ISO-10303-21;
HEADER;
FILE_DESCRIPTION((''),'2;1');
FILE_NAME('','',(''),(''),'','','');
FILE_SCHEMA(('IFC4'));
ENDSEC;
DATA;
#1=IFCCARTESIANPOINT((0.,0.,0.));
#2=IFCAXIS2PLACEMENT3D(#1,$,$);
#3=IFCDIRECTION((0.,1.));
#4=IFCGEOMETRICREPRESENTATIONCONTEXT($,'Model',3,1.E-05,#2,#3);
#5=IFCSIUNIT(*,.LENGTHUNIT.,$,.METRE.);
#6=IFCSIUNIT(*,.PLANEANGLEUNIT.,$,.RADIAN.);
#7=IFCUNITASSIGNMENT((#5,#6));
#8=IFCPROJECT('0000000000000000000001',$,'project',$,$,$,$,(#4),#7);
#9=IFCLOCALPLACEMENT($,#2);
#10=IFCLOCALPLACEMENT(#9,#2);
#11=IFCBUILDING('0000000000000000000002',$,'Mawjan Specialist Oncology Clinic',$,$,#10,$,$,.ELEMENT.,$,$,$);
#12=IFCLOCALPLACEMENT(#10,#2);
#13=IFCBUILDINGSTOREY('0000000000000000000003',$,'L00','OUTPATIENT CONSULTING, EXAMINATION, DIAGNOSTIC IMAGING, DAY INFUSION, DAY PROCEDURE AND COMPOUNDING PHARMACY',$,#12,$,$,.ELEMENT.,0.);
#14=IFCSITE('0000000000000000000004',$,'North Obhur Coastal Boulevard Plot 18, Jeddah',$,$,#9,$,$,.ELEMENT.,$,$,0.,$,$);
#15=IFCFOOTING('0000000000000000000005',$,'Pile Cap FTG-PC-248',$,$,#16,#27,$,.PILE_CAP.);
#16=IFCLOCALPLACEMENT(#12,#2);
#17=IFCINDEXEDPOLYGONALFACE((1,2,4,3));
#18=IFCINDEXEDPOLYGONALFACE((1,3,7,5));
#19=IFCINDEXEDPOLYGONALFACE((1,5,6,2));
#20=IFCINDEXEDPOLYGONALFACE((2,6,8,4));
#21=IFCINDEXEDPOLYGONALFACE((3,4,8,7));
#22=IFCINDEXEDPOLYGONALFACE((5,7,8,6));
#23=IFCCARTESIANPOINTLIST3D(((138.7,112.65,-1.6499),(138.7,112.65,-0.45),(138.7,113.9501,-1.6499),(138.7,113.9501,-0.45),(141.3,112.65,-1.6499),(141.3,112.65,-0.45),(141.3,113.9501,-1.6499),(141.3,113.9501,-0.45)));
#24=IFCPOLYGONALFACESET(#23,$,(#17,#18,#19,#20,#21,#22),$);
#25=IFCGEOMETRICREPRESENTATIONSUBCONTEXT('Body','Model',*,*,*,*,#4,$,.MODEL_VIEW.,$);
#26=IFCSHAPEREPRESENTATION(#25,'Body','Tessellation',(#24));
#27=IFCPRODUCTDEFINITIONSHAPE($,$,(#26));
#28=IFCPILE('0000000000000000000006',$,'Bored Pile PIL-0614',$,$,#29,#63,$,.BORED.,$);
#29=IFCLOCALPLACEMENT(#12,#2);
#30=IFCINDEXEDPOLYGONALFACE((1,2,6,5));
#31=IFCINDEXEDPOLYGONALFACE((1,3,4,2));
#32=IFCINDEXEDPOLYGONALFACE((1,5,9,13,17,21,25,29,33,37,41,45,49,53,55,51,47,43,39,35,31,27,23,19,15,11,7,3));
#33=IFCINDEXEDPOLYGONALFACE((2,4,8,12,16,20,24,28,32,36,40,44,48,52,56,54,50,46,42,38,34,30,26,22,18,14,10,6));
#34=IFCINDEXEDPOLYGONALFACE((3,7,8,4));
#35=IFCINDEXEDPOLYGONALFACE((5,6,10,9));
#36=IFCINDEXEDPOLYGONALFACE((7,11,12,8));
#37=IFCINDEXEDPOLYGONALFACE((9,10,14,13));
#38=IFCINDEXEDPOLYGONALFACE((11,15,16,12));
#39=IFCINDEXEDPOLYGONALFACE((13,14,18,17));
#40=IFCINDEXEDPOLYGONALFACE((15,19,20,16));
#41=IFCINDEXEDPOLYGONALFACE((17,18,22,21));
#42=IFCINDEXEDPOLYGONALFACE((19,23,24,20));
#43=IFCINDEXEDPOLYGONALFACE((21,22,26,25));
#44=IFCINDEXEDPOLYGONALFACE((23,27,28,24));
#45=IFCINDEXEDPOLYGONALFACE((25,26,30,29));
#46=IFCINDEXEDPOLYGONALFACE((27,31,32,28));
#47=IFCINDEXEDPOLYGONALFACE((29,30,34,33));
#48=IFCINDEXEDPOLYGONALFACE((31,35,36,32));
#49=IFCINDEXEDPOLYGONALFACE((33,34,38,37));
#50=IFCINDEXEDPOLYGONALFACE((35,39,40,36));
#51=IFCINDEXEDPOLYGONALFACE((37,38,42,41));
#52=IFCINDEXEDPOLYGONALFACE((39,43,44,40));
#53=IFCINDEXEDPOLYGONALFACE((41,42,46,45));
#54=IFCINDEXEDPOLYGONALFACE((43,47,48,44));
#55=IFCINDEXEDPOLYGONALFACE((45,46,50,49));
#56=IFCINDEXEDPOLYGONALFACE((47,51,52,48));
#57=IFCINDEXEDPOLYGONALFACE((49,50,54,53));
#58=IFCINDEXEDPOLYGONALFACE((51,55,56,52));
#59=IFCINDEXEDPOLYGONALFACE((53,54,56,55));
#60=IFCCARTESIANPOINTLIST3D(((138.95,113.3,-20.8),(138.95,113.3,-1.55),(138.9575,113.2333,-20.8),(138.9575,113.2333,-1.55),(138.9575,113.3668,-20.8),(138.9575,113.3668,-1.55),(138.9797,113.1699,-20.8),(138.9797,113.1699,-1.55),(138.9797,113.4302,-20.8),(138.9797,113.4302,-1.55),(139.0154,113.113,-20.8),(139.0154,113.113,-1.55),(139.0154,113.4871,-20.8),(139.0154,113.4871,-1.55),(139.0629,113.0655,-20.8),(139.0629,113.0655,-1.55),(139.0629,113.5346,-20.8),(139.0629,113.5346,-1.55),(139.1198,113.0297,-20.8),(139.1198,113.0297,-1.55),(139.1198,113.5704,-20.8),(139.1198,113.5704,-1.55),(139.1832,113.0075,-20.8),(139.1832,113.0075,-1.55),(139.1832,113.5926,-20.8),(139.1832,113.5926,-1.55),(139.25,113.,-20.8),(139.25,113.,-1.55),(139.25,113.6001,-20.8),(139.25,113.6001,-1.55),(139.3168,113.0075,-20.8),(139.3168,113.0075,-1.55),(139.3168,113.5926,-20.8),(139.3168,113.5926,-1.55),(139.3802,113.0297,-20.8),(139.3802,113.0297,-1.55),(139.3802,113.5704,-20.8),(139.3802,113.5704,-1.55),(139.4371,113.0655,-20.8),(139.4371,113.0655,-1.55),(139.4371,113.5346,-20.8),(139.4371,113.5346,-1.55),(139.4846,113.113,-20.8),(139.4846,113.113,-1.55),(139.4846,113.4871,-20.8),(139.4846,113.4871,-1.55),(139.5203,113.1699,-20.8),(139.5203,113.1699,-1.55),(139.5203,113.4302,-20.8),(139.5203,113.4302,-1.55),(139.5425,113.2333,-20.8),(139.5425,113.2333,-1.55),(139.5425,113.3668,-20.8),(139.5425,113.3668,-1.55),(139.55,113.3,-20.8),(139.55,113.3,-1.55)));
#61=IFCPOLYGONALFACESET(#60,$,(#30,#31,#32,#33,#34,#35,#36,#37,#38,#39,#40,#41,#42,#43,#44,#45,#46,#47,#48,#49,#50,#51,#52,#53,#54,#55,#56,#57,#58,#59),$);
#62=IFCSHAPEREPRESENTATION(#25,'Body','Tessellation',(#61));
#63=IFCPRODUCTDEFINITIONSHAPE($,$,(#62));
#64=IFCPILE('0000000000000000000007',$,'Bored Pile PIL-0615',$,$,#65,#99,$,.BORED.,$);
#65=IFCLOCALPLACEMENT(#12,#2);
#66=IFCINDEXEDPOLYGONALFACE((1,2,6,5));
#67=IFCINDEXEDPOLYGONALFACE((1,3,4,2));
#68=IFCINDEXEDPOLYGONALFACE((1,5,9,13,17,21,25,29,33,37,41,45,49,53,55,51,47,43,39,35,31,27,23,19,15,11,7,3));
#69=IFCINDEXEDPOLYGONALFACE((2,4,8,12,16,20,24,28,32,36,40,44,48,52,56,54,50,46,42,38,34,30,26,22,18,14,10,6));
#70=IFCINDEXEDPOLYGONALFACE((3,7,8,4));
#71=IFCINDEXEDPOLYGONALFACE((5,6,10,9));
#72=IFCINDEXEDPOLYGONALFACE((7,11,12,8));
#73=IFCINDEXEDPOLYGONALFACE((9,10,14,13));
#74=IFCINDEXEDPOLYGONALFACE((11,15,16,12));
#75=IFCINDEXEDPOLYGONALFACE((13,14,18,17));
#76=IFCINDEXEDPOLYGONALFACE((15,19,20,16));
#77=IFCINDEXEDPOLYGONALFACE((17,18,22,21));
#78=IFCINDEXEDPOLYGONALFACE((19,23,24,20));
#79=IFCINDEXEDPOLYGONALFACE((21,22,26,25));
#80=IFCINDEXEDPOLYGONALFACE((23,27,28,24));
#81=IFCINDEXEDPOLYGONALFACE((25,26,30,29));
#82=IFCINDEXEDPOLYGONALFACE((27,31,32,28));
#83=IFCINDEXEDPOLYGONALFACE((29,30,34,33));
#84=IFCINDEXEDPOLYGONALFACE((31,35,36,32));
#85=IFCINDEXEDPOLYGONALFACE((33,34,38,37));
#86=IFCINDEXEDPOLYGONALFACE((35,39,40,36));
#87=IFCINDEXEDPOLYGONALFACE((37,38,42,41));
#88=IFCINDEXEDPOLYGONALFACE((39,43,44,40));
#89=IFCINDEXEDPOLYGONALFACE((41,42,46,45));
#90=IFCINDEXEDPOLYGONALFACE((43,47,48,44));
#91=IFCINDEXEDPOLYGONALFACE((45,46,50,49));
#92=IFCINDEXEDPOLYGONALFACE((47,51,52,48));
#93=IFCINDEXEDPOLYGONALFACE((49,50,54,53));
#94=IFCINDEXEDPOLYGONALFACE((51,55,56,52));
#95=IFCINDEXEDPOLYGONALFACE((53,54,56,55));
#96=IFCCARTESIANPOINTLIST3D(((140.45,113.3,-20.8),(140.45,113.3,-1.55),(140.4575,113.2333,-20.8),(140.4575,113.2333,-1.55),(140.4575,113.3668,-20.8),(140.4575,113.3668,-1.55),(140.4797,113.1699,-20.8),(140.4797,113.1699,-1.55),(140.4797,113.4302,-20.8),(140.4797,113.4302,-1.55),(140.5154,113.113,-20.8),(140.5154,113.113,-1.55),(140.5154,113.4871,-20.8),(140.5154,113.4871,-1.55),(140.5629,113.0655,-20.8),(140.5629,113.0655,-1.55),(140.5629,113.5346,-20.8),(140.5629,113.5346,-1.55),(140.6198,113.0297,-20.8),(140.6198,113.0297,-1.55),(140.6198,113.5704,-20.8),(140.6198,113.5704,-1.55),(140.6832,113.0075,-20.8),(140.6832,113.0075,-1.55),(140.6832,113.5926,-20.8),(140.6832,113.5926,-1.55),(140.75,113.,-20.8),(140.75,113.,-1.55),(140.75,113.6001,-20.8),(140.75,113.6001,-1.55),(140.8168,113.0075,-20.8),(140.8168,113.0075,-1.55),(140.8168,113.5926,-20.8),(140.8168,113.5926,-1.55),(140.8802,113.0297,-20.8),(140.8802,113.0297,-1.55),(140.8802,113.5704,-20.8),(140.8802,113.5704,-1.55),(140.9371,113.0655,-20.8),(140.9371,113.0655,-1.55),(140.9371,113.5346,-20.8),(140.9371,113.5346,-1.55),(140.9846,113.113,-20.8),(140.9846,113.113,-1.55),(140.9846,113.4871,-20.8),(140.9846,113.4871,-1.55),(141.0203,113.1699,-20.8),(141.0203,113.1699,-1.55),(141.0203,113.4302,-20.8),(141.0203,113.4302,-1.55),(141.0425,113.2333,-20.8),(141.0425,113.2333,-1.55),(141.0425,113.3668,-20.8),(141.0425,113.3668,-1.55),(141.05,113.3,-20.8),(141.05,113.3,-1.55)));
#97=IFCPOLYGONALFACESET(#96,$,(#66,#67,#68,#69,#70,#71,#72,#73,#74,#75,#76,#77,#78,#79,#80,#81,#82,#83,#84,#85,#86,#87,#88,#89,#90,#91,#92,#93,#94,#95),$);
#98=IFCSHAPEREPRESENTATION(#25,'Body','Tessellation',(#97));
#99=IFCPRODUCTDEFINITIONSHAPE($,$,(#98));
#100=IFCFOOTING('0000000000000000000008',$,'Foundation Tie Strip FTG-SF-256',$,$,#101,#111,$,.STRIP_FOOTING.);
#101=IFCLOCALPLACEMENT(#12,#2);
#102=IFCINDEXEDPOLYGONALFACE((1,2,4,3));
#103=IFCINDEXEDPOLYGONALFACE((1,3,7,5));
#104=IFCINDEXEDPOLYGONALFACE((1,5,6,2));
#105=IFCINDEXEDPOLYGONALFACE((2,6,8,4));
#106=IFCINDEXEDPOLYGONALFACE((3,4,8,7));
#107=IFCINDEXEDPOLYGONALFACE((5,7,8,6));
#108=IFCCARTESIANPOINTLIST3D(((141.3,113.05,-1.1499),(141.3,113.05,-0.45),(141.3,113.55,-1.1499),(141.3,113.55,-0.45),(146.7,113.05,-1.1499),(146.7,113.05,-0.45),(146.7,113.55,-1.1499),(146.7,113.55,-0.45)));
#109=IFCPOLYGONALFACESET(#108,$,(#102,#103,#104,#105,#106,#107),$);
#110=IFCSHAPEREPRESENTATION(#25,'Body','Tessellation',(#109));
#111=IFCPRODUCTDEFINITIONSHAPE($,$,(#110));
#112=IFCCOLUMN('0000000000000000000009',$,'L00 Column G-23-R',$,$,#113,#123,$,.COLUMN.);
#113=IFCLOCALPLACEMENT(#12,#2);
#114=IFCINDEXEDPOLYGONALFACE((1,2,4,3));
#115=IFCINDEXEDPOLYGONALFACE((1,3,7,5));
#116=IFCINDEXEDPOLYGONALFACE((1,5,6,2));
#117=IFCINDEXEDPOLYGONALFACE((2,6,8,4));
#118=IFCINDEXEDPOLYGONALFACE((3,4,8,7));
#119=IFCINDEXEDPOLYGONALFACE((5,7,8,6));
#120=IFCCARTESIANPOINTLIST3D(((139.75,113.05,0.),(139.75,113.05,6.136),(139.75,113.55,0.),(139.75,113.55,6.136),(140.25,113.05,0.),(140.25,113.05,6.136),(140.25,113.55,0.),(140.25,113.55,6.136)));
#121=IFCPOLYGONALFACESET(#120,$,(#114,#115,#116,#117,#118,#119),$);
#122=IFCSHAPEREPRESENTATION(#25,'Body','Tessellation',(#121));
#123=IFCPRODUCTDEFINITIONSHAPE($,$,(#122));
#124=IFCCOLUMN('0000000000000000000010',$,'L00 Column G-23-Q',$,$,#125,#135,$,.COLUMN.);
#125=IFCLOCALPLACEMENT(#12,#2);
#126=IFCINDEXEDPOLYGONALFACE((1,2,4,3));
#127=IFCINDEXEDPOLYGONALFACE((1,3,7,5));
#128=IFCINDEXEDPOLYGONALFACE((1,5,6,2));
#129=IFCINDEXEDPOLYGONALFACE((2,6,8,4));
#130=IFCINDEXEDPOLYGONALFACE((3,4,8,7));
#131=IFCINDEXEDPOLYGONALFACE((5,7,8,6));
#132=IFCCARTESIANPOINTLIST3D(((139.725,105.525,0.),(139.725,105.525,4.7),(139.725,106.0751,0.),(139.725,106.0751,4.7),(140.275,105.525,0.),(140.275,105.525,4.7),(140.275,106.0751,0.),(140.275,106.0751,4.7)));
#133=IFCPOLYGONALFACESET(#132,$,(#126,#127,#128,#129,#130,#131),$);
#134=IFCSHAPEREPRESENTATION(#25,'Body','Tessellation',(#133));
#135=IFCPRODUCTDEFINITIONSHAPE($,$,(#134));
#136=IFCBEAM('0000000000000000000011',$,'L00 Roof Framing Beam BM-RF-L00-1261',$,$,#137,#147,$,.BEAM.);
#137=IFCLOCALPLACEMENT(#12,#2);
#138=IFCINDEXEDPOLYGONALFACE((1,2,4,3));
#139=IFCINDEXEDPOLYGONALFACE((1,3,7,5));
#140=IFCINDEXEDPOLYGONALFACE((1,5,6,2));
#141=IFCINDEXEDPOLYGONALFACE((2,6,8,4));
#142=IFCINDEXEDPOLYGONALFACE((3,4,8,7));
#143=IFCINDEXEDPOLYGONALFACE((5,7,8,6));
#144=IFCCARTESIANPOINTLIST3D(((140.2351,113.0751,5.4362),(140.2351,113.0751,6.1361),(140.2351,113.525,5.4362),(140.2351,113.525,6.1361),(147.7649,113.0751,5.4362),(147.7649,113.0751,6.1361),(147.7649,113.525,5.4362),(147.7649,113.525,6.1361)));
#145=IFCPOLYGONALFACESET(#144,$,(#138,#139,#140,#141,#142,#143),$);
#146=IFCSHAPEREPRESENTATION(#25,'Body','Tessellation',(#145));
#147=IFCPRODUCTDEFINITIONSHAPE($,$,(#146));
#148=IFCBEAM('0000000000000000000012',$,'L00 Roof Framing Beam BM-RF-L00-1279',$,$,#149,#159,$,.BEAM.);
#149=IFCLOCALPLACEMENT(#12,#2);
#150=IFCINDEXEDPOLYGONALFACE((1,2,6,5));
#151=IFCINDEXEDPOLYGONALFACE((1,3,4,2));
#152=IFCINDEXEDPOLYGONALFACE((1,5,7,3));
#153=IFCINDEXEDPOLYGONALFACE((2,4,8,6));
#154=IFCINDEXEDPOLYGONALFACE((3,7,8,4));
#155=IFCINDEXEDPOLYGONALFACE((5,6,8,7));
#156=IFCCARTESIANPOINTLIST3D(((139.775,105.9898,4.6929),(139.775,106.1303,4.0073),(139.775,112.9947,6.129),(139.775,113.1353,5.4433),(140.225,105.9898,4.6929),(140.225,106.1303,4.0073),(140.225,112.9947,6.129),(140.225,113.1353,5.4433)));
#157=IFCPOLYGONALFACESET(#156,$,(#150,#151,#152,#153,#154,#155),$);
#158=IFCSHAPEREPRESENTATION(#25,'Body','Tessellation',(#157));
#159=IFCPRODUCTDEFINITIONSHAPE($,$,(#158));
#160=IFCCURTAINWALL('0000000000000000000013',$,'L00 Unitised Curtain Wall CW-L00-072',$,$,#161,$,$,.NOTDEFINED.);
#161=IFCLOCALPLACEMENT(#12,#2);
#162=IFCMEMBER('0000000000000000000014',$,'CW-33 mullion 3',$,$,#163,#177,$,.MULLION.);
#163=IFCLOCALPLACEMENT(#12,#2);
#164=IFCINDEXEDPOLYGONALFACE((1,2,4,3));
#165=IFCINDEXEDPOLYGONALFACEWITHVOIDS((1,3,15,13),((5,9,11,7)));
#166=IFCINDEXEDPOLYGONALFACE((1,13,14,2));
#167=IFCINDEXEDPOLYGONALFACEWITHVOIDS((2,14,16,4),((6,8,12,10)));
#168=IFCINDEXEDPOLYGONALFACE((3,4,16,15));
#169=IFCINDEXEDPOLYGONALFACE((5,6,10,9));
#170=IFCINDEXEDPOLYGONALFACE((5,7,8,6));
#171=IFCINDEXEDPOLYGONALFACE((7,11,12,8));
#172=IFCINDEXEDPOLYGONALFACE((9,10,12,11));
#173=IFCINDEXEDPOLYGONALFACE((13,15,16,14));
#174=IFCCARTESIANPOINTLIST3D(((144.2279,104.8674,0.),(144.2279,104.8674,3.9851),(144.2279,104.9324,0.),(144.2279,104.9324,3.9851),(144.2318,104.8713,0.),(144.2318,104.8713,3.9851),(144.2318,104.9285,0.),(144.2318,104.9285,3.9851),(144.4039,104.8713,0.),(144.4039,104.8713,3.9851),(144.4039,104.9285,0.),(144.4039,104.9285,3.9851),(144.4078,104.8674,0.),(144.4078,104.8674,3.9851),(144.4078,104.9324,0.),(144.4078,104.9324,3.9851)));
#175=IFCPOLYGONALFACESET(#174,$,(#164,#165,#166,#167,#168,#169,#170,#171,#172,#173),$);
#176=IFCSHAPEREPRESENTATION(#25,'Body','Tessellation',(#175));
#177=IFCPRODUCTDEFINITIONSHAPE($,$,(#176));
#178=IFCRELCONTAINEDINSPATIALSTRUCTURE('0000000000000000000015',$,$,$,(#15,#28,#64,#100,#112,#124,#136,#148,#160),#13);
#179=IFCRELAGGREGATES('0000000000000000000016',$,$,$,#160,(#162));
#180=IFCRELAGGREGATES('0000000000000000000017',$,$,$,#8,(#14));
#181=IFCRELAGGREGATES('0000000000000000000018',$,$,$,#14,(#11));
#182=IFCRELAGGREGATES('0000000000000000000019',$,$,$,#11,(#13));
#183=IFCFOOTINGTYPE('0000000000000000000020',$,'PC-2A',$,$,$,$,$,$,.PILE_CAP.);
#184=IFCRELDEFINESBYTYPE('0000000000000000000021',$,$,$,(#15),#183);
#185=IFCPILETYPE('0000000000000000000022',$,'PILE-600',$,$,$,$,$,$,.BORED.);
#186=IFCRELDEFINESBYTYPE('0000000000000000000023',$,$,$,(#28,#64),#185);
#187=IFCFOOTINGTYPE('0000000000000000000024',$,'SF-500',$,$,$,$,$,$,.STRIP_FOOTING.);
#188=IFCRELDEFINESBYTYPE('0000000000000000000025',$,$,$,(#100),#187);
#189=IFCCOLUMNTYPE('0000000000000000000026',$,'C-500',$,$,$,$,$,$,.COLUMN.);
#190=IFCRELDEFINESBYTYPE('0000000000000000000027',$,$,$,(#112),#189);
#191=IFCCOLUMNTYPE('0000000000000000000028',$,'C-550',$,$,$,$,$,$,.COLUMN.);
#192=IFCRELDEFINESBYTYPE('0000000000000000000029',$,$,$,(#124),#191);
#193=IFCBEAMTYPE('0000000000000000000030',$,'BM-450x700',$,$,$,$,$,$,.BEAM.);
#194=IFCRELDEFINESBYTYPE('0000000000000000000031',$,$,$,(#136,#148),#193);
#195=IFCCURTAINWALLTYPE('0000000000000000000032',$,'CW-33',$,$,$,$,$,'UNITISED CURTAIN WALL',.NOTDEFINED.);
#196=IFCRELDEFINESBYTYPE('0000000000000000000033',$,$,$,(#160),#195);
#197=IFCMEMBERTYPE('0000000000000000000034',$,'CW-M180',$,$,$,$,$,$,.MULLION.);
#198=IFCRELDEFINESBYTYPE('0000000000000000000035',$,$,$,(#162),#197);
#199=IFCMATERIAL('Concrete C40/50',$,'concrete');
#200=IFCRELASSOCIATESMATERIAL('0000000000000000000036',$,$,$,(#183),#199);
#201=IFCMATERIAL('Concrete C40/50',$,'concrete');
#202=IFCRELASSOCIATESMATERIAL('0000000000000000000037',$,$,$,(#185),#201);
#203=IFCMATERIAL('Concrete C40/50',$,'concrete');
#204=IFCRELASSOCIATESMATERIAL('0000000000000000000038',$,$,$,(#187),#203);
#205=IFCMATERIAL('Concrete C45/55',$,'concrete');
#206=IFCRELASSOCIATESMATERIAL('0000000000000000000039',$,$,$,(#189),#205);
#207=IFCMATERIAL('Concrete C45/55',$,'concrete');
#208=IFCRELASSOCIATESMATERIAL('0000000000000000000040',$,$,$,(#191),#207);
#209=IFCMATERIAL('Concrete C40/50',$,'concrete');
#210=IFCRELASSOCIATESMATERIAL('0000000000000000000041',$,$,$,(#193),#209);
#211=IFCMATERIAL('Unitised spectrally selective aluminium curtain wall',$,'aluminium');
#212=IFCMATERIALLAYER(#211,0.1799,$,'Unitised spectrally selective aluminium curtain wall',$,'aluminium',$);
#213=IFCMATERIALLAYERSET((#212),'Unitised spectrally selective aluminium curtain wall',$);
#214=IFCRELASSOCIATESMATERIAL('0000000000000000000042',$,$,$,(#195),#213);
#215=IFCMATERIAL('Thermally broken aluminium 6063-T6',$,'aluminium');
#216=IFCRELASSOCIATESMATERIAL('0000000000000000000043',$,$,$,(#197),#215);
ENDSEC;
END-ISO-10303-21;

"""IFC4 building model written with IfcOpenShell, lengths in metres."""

from ifc_helpers import new_model, si_unit, direction, frame, origin, origin_2d, place, context, subcontext, project, spatial, rectangle, hollow_rectangle, circle, extrude, material, layer, layer_set, material_profile, profile_set, type_object, element, aggregate, save


model = new_model("IFC4")

# Units and contexts
model_context = context("Model", 3, precision=1e-05, world=origin(), true_north=direction((0.0, 1.0)))
body_context = subcontext(model_context, "Body", "Model", "MODEL_VIEW")
ifc_project = project(units=[si_unit("LENGTHUNIT", "METRE"), si_unit("PLANEANGLEUNIT", "RADIAN")], contexts=[model_context])

# Site, building, storey
site_placement = place(None, origin())
site = spatial("IfcSite", under=ifc_project, at=site_placement, Name="North Obhur Coastal Boulevard Plot 18, Jeddah", CompositionType="ELEMENT", RefElevation=0.0)
building_placement = place(site_placement, origin())
building = spatial("IfcBuilding", under=site, at=building_placement, Name="Mawjan Specialist Oncology Clinic", CompositionType="ELEMENT")
storey_placement = place(building_placement, origin())
storey = spatial("IfcBuildingStorey", under=building, at=storey_placement, Name="L00", Description="OUTPATIENT CONSULTING, EXAMINATION, DIAGNOSTIC IMAGING, DAY INFUSION, DAY PROCEDURE AND COMPOUNDING PHARMACY", CompositionType="ELEMENT", Elevation=0.0)

# Footing
ifc_material_1 = material(Name="Concrete C40/50", Category="concrete")
footing_type_1 = type_object("IfcFootingType", Name="PC-2A", PredefinedType="PILE_CAP", material=ifc_material_1)
footing_1_placement = place(storey_placement, frame((140.0, 113.3, -1.6499), z_axis=(0.0, 0.0, 1.0), x_axis=(1.0, 0.0, 0.0)))
element("IfcFooting", 1, at=footing_1_placement, inside=storey, type_object=footing_type_1, Name="Pile Cap FTG-PC-248", PredefinedType="PILE_CAP", context=body_context, shape_type="SweptSolid", body=[
    extrude(rectangle(XDim=2.6001, YDim=1.3, at=origin_2d()), origin(), (0.0, 0.0, 1.0), 1.2),
])

# Piles
ifc_material_2 = material(Name="Concrete C40/50", Category="concrete")
ifc_material_profile_1 = material_profile(ifc_material_2, circle(Radius=0.3, at=origin_2d()), Name="BORED PILE D600", Category="concrete")
ifc_profile_set_1 = profile_set([ifc_material_profile_1], Name="Concrete C40/50")
pile_type = type_object("IfcPileType", Name="PILE-600", PredefinedType="BORED", material=ifc_profile_set_1)
for number, where, z_axis, x_axis, name in (
    (2, (139.25, 113.3, -1.55), (0.0, 0.0, -1.0), (1.0, 0.0, 0.0), "Bored Pile PIL-0614"),
    (3, (140.75, 113.3, -1.55), (0.0, 0.0, -1.0), (1.0, 0.0, 0.0), "Bored Pile PIL-0615"),
):
    element("IfcPile", number, at=place(storey_placement, frame(where, z_axis=z_axis, x_axis=x_axis)), inside=storey, type_object=pile_type, Name=name, PredefinedType="BORED", context=body_context, shape_type="SweptSolid", body=[
        extrude(circle(Radius=0.3, at=origin_2d()), origin(), (0.0, 0.0, 1.0), 19.25),
    ])

# Footing
ifc_material_3 = material(Name="Concrete C40/50", Category="concrete")
footing_type_2 = type_object("IfcFootingType", Name="SF-500", PredefinedType="STRIP_FOOTING", material=ifc_material_3)
footing_2_placement = place(storey_placement, frame((144.0, 113.3, -1.1499), z_axis=(0.0, 0.0, 1.0), x_axis=(1.0, 0.0, 0.0)))
element("IfcFooting", 4, at=footing_2_placement, inside=storey, type_object=footing_type_2, Name="Foundation Tie Strip FTG-SF-256", PredefinedType="STRIP_FOOTING", context=body_context, shape_type="SweptSolid", body=[
    extrude(rectangle(XDim=5.3999, YDim=0.5, at=origin_2d()), origin(), (0.0, 0.0, 1.0), 0.7),
])

# Columns
ifc_material_4 = material(Name="Concrete C45/55", Category="concrete")
ifc_material_profile_2 = material_profile(ifc_material_4, rectangle(XDim=0.5, YDim=0.5, at=origin_2d()), Name="RC COL 500x500", Category="concrete")
ifc_profile_set_2 = profile_set([ifc_material_profile_2], Name="Concrete C45/55")
column_type_1 = type_object("IfcColumnType", Name="C-500", PredefinedType="COLUMN", material=ifc_profile_set_2)
column_1_placement = place(storey_placement, frame((140.0, 113.3, 0.0), z_axis=(0.0, 0.0, 1.0), x_axis=(1.0, 0.0, 0.0)))
element("IfcColumn", 5, at=column_1_placement, inside=storey, type_object=column_type_1, Name="L00 Column G-23-R", PredefinedType="COLUMN", context=body_context, shape_type="SweptSolid", body=[
    extrude(rectangle(XDim=0.5, YDim=0.5, at=origin_2d()), origin(), (0.0, 0.0, 1.0), 6.136),
])
ifc_material_5 = material(Name="Concrete C45/55", Category="concrete")
ifc_material_profile_3 = material_profile(ifc_material_5, rectangle(XDim=0.55, YDim=0.55, at=origin_2d()), Name="RC COL 550x550", Category="concrete")
ifc_profile_set_3 = profile_set([ifc_material_profile_3], Name="Concrete C45/55")
column_type_2 = type_object("IfcColumnType", Name="C-550", PredefinedType="COLUMN", material=ifc_profile_set_3)
column_2_placement = place(storey_placement, frame((140.0, 105.8, 0.0), z_axis=(0.0, 0.0, 1.0), x_axis=(1.0, 0.0, 0.0)))
element("IfcColumn", 6, at=column_2_placement, inside=storey, type_object=column_type_2, Name="L00 Column G-23-Q", PredefinedType="COLUMN", context=body_context, shape_type="SweptSolid", body=[
    extrude(rectangle(XDim=0.55, YDim=0.55, at=origin_2d()), origin(), (0.0, 0.0, 1.0), 4.7),
])

# Beams
ifc_material_6 = material(Name="Concrete C40/50", Category="concrete")
ifc_material_profile_4 = material_profile(ifc_material_6, rectangle(XDim=0.45, YDim=0.7, at=origin_2d()), Name="RC BM 450x700", Category="concrete")
ifc_profile_set_4 = profile_set([ifc_material_profile_4], Name="Concrete C40/50")
beam_type_1 = type_object("IfcBeamType", Name="BM-450x700", PredefinedType="BEAM", material=ifc_profile_set_4)
beam_1_placement = place(storey_placement, frame((140.2351, 113.3, 5.7861), z_axis=(1.0, 0.0, 0.0), x_axis=(0.0, 1.0, 0.0)))
element("IfcBeam", 7, at=beam_1_placement, inside=storey, type_object=beam_type_1, Name="L00 Roof Framing Beam BM-RF-L00-1261", PredefinedType="BEAM", context=body_context, shape_type="SweptSolid", body=[
    extrude(rectangle(XDim=0.45, YDim=0.7, at=origin_2d()), origin(), (0.0, 0.0, 1.0), 7.5298),
])
beam_2_placement = place(storey_placement, frame((140.0, 106.0601, 4.3501), z_axis=(0.0, 0.979626, 0.200828), x_axis=(-1.0, 0.0, 0.0)))
element("IfcBeam", 8, at=beam_2_placement, inside=storey, type_object=beam_type_1, Name="L00 Roof Framing Beam BM-RF-L00-1279", PredefinedType="BEAM", context=body_context, shape_type="SweptSolid", body=[
    extrude(rectangle(XDim=0.45, YDim=0.7, at=origin_2d()), origin(), (0.0, 0.0, 1.0), 7.1506),
])

# Curtain wall, member
ifc_material_7 = material(Name="Unitised spectrally selective aluminium curtain wall", Category="aluminium")
ifc_layer_1 = layer(ifc_material_7, 0.1799, Name="Unitised spectrally selective aluminium curtain wall", Category="aluminium")
ifc_layer_set_1 = layer_set([ifc_layer_1], Name="Unitised spectrally selective aluminium curtain wall")
curtain_wall_type_1 = type_object("IfcCurtainWallType", Name="CW-33", ElementType="UNITISED CURTAIN WALL", PredefinedType="NOTDEFINED", material=ifc_layer_set_1)
curtain_wall_1_placement = place(storey_placement, origin())
curtain_wall_1 = element("IfcCurtainWall", 9, at=curtain_wall_1_placement, inside=storey, type_object=curtain_wall_type_1, Name="L00 Unitised Curtain Wall CW-L00-072", PredefinedType="NOTDEFINED")
ifc_material_8 = material(Name="Thermally broken aluminium 6063-T6", Category="aluminium")
ifc_material_profile_5 = material_profile(ifc_material_8, hollow_rectangle(XDim=0.0649, YDim=0.1799, WallThickness=0.0039, at=origin_2d()), Name="ALU MULLION 180x65x4", Category="aluminium")
ifc_profile_set_5 = profile_set([ifc_material_profile_5], Name="Thermally broken aluminium 6063-T6")
member_type_1 = type_object("IfcMemberType", Name="CW-M180", PredefinedType="MULLION", material=ifc_profile_set_5)
member_1_placement = place(storey_placement, frame((144.3179, 104.8999, 0.0), z_axis=(0.0, 0.0, 1.0), x_axis=(0.0, -1.0, 0.0)))
member_1 = element("IfcMember", 10, at=member_1_placement, type_object=member_type_1, Name="CW-33 mullion 3", PredefinedType="MULLION", context=body_context, shape_type="SweptSolid", body=[
    extrude(hollow_rectangle(XDim=0.0649, YDim=0.1799, WallThickness=0.0039, at=origin_2d()), origin(), (0.0, 0.0, 1.0), 3.9851),
])

aggregate(curtain_wall_1, [member_1])

save(model, "model.ifc")
